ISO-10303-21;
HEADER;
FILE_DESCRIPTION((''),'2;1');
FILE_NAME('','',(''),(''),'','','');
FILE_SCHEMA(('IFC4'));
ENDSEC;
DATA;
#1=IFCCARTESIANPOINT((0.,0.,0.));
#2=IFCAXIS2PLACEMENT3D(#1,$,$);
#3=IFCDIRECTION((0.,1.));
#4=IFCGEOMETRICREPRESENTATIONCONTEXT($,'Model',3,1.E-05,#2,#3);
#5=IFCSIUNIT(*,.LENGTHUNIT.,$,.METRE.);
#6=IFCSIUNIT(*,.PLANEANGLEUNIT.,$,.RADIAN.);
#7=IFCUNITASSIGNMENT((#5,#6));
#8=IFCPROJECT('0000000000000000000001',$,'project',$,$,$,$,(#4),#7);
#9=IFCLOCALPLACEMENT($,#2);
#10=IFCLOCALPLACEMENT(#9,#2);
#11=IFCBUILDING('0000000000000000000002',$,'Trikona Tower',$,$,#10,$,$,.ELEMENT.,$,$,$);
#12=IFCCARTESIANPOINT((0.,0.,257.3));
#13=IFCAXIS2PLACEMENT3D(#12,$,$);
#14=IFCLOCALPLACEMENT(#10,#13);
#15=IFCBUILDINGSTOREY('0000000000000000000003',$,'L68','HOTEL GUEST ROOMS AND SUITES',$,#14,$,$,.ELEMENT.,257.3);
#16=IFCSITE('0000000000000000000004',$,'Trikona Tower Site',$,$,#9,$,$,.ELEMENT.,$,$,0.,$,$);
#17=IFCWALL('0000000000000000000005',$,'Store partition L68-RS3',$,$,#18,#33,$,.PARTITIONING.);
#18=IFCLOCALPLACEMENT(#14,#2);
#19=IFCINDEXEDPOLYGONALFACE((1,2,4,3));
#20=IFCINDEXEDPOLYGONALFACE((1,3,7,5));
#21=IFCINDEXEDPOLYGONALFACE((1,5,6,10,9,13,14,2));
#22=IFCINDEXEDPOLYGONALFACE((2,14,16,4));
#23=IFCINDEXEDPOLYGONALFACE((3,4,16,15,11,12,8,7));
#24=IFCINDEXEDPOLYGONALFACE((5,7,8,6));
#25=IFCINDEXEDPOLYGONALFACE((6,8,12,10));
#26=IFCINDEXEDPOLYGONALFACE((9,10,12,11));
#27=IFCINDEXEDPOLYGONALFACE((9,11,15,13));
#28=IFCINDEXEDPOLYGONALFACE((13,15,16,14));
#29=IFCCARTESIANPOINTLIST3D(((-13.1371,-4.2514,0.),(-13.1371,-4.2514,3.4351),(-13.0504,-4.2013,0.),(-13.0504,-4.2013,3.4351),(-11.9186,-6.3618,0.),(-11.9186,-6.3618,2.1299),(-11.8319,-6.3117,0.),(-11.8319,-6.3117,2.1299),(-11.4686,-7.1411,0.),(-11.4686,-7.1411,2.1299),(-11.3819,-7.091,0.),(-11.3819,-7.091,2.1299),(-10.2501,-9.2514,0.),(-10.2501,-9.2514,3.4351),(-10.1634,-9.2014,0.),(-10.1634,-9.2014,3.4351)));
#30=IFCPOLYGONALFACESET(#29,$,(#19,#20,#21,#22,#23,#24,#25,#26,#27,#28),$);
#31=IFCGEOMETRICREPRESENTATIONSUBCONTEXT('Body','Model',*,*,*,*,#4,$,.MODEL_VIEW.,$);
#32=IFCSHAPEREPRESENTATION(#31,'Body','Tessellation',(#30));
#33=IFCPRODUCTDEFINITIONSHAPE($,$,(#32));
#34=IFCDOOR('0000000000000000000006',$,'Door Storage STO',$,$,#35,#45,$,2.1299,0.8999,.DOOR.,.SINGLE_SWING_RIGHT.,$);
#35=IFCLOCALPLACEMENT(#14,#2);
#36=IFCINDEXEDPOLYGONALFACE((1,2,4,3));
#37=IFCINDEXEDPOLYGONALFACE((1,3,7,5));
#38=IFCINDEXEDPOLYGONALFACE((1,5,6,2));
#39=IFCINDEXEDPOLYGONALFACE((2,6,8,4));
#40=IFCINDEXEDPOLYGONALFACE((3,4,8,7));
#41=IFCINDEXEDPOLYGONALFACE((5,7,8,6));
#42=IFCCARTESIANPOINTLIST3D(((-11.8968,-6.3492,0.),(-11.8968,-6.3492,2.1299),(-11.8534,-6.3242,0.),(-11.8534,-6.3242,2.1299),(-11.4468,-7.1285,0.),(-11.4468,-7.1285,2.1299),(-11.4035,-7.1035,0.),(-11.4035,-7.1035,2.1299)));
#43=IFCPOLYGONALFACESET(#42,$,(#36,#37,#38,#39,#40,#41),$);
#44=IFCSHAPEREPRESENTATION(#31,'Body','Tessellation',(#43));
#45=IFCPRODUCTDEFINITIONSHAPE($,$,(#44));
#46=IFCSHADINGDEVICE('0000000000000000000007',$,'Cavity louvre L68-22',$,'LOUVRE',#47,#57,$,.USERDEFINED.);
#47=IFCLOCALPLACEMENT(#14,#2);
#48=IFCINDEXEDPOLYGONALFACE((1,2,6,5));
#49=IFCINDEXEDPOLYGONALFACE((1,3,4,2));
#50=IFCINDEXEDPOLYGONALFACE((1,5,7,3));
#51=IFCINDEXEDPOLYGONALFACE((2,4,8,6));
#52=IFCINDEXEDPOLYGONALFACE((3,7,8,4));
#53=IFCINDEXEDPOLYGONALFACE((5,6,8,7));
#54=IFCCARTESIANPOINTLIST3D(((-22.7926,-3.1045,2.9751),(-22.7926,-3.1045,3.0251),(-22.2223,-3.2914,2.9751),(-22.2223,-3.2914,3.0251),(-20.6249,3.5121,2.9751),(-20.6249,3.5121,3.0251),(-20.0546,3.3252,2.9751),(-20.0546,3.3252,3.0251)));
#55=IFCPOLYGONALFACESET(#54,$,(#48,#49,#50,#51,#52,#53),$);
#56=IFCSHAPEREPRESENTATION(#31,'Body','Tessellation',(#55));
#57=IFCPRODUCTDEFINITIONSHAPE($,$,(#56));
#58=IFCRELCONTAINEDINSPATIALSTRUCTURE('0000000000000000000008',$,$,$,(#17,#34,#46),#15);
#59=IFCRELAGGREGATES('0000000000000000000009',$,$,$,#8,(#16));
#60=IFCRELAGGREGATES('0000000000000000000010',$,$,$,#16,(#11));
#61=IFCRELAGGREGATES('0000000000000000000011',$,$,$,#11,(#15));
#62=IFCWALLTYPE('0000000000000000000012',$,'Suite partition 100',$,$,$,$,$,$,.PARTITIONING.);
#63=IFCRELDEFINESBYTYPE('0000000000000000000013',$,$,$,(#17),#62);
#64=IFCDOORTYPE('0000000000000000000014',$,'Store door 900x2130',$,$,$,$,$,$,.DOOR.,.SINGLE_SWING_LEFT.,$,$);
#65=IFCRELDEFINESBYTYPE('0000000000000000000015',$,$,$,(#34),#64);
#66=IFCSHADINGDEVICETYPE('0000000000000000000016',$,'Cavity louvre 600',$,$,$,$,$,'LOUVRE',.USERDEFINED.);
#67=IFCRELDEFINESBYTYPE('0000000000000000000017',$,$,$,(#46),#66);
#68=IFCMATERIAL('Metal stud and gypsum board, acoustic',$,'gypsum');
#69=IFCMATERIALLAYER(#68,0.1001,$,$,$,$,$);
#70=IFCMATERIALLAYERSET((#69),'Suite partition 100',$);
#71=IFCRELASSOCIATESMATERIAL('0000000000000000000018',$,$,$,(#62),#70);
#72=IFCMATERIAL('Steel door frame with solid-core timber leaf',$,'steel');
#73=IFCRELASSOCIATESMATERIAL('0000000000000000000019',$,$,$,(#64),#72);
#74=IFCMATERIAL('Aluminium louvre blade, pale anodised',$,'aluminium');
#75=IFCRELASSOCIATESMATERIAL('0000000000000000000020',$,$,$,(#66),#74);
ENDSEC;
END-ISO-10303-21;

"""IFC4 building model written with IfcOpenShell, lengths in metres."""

from ifc_helpers import new_model, si_unit, direction, frame, frame_2d, origin, origin_2d, place, context, subcontext, project, spatial, rectangle, extrude, material, layer, layer_set, type_object, element, fill, save


model = new_model("IFC4")

# Units and contexts
model_context = context("Model", 3, precision=1e-05, world=origin(), true_north=direction((0.0, 1.0)))
body_context = subcontext(model_context, "Body", "Model", "MODEL_VIEW")
ifc_project = project(units=[si_unit("LENGTHUNIT", "METRE"), si_unit("PLANEANGLEUNIT", "RADIAN")], contexts=[model_context])

# Site, building, storey
site_placement = place(None, origin())
site = spatial("IfcSite", under=ifc_project, at=site_placement, Name="Trikona Tower Site", CompositionType="ELEMENT", RefElevation=0.0)
building_placement = place(site_placement, origin())
building = spatial("IfcBuilding", under=site, at=building_placement, Name="Trikona Tower", CompositionType="ELEMENT")
storey_placement = place(building_placement, frame((0.0, 0.0, 257.3)))
storey = spatial("IfcBuildingStorey", under=building, at=storey_placement, Name="L68", Description="HOTEL GUEST ROOMS AND SUITES", CompositionType="ELEMENT", Elevation=257.3)

# Wall, opening, door
ifc_material_1 = material(Name="Metal stud and gypsum board, acoustic", Category="gypsum")
ifc_layer_1 = layer(ifc_material_1, 0.1001)
ifc_layer_set_1 = layer_set([ifc_layer_1], Name="Suite partition 100")
wall_type_1 = type_object("IfcWallType", Name="Suite partition 100", PredefinedType="PARTITIONING", material=ifc_layer_set_1)
wall_1_placement = place(storey_placement, frame((-10.2068, -9.2263, 0.0), z_axis=(0.0, 0.0, 1.0), x_axis=(-0.500027, 0.86601, 0.0)))
wall_1 = element("IfcWall", 1, at=wall_1_placement, inside=storey, type_object=wall_type_1, Name="Store partition L68-RS3", PredefinedType="PARTITIONING", context=body_context, shape_type="SweptSolid", body=[
    extrude(rectangle(XDim=5.7737, YDim=0.1001, at=frame_2d((2.8867, 0.0))), origin(), (0.0, 0.0, 1.0), 3.4351),
])
opening_1_placement = place(wall_1_placement, frame((2.4368, 0.0, 0.0)))
opening_1 = element("IfcOpeningElement", 2, at=opening_1_placement, cuts=wall_1, PredefinedType="OPENING", context=body_context, shape_type="SweptSolid", body=[
    extrude(rectangle(XDim=0.8999, YDim=2.1299, at=frame_2d((0.45, 1.0649))), frame((0.0, 0.0601, 0.0), z_axis=(0.0, -1.0, 0.0), x_axis=(1.0, 0.0, 0.0)), (0.0, 0.0, 1.0), 0.1201),
])
ifc_material_2 = material(Name="Steel door frame with solid-core timber leaf", Category="steel")
door_type_1 = type_object("IfcDoorType", Name="Store door 900x2130", OperationType="SINGLE_SWING_LEFT", PredefinedType="DOOR", material=ifc_material_2)
door_1_placement = place(opening_1_placement, origin())
door_1 = element("IfcDoor", 3, at=door_1_placement, inside=storey, type_object=door_type_1, Name="Door Storage STO", OperationType="SINGLE_SWING_RIGHT", OverallHeight=2.1299, OverallWidth=0.8999, PredefinedType="DOOR", context=body_context, shape_type="SweptSolid", body=[
    extrude(rectangle(XDim=0.8999, YDim=2.1299, at=frame_2d((0.45, 1.0649))), frame((0.0, 0.0249, 0.0), z_axis=(0.0, -1.0, 0.0), x_axis=(1.0, 0.0, 0.0)), (0.0, 0.0, 1.0), 0.05),
])
fill(opening_1, door_1)

# Shading device
ifc_material_3 = material(Name="Aluminium louvre blade, pale anodised", Category="aluminium")
shading_device_type = type_object("IfcShadingDeviceType", Name="Cavity louvre 600", ElementType="LOUVRE", PredefinedType="USERDEFINED", material=ifc_material_3)
shading_device_placement = place(storey_placement, frame((-21.4236, 0.1104, 2.9751), z_axis=(0.0, 0.0, 1.0), x_axis=(-0.311337, -0.9503, 0.0)))
element("IfcShadingDevice", 4, at=shading_device_placement, inside=storey, type_object=shading_device_type, Name="Cavity louvre L68-22", ObjectType="LOUVRE", PredefinedType="USERDEFINED", context=body_context, shape_type="SweptSolid", body=[
    extrude(rectangle(XDim=6.9626, YDim=0.6001, at=origin_2d()), origin(), (0.0, 0.0, 1.0), 0.05),
])

save(model, "model.ifc")
